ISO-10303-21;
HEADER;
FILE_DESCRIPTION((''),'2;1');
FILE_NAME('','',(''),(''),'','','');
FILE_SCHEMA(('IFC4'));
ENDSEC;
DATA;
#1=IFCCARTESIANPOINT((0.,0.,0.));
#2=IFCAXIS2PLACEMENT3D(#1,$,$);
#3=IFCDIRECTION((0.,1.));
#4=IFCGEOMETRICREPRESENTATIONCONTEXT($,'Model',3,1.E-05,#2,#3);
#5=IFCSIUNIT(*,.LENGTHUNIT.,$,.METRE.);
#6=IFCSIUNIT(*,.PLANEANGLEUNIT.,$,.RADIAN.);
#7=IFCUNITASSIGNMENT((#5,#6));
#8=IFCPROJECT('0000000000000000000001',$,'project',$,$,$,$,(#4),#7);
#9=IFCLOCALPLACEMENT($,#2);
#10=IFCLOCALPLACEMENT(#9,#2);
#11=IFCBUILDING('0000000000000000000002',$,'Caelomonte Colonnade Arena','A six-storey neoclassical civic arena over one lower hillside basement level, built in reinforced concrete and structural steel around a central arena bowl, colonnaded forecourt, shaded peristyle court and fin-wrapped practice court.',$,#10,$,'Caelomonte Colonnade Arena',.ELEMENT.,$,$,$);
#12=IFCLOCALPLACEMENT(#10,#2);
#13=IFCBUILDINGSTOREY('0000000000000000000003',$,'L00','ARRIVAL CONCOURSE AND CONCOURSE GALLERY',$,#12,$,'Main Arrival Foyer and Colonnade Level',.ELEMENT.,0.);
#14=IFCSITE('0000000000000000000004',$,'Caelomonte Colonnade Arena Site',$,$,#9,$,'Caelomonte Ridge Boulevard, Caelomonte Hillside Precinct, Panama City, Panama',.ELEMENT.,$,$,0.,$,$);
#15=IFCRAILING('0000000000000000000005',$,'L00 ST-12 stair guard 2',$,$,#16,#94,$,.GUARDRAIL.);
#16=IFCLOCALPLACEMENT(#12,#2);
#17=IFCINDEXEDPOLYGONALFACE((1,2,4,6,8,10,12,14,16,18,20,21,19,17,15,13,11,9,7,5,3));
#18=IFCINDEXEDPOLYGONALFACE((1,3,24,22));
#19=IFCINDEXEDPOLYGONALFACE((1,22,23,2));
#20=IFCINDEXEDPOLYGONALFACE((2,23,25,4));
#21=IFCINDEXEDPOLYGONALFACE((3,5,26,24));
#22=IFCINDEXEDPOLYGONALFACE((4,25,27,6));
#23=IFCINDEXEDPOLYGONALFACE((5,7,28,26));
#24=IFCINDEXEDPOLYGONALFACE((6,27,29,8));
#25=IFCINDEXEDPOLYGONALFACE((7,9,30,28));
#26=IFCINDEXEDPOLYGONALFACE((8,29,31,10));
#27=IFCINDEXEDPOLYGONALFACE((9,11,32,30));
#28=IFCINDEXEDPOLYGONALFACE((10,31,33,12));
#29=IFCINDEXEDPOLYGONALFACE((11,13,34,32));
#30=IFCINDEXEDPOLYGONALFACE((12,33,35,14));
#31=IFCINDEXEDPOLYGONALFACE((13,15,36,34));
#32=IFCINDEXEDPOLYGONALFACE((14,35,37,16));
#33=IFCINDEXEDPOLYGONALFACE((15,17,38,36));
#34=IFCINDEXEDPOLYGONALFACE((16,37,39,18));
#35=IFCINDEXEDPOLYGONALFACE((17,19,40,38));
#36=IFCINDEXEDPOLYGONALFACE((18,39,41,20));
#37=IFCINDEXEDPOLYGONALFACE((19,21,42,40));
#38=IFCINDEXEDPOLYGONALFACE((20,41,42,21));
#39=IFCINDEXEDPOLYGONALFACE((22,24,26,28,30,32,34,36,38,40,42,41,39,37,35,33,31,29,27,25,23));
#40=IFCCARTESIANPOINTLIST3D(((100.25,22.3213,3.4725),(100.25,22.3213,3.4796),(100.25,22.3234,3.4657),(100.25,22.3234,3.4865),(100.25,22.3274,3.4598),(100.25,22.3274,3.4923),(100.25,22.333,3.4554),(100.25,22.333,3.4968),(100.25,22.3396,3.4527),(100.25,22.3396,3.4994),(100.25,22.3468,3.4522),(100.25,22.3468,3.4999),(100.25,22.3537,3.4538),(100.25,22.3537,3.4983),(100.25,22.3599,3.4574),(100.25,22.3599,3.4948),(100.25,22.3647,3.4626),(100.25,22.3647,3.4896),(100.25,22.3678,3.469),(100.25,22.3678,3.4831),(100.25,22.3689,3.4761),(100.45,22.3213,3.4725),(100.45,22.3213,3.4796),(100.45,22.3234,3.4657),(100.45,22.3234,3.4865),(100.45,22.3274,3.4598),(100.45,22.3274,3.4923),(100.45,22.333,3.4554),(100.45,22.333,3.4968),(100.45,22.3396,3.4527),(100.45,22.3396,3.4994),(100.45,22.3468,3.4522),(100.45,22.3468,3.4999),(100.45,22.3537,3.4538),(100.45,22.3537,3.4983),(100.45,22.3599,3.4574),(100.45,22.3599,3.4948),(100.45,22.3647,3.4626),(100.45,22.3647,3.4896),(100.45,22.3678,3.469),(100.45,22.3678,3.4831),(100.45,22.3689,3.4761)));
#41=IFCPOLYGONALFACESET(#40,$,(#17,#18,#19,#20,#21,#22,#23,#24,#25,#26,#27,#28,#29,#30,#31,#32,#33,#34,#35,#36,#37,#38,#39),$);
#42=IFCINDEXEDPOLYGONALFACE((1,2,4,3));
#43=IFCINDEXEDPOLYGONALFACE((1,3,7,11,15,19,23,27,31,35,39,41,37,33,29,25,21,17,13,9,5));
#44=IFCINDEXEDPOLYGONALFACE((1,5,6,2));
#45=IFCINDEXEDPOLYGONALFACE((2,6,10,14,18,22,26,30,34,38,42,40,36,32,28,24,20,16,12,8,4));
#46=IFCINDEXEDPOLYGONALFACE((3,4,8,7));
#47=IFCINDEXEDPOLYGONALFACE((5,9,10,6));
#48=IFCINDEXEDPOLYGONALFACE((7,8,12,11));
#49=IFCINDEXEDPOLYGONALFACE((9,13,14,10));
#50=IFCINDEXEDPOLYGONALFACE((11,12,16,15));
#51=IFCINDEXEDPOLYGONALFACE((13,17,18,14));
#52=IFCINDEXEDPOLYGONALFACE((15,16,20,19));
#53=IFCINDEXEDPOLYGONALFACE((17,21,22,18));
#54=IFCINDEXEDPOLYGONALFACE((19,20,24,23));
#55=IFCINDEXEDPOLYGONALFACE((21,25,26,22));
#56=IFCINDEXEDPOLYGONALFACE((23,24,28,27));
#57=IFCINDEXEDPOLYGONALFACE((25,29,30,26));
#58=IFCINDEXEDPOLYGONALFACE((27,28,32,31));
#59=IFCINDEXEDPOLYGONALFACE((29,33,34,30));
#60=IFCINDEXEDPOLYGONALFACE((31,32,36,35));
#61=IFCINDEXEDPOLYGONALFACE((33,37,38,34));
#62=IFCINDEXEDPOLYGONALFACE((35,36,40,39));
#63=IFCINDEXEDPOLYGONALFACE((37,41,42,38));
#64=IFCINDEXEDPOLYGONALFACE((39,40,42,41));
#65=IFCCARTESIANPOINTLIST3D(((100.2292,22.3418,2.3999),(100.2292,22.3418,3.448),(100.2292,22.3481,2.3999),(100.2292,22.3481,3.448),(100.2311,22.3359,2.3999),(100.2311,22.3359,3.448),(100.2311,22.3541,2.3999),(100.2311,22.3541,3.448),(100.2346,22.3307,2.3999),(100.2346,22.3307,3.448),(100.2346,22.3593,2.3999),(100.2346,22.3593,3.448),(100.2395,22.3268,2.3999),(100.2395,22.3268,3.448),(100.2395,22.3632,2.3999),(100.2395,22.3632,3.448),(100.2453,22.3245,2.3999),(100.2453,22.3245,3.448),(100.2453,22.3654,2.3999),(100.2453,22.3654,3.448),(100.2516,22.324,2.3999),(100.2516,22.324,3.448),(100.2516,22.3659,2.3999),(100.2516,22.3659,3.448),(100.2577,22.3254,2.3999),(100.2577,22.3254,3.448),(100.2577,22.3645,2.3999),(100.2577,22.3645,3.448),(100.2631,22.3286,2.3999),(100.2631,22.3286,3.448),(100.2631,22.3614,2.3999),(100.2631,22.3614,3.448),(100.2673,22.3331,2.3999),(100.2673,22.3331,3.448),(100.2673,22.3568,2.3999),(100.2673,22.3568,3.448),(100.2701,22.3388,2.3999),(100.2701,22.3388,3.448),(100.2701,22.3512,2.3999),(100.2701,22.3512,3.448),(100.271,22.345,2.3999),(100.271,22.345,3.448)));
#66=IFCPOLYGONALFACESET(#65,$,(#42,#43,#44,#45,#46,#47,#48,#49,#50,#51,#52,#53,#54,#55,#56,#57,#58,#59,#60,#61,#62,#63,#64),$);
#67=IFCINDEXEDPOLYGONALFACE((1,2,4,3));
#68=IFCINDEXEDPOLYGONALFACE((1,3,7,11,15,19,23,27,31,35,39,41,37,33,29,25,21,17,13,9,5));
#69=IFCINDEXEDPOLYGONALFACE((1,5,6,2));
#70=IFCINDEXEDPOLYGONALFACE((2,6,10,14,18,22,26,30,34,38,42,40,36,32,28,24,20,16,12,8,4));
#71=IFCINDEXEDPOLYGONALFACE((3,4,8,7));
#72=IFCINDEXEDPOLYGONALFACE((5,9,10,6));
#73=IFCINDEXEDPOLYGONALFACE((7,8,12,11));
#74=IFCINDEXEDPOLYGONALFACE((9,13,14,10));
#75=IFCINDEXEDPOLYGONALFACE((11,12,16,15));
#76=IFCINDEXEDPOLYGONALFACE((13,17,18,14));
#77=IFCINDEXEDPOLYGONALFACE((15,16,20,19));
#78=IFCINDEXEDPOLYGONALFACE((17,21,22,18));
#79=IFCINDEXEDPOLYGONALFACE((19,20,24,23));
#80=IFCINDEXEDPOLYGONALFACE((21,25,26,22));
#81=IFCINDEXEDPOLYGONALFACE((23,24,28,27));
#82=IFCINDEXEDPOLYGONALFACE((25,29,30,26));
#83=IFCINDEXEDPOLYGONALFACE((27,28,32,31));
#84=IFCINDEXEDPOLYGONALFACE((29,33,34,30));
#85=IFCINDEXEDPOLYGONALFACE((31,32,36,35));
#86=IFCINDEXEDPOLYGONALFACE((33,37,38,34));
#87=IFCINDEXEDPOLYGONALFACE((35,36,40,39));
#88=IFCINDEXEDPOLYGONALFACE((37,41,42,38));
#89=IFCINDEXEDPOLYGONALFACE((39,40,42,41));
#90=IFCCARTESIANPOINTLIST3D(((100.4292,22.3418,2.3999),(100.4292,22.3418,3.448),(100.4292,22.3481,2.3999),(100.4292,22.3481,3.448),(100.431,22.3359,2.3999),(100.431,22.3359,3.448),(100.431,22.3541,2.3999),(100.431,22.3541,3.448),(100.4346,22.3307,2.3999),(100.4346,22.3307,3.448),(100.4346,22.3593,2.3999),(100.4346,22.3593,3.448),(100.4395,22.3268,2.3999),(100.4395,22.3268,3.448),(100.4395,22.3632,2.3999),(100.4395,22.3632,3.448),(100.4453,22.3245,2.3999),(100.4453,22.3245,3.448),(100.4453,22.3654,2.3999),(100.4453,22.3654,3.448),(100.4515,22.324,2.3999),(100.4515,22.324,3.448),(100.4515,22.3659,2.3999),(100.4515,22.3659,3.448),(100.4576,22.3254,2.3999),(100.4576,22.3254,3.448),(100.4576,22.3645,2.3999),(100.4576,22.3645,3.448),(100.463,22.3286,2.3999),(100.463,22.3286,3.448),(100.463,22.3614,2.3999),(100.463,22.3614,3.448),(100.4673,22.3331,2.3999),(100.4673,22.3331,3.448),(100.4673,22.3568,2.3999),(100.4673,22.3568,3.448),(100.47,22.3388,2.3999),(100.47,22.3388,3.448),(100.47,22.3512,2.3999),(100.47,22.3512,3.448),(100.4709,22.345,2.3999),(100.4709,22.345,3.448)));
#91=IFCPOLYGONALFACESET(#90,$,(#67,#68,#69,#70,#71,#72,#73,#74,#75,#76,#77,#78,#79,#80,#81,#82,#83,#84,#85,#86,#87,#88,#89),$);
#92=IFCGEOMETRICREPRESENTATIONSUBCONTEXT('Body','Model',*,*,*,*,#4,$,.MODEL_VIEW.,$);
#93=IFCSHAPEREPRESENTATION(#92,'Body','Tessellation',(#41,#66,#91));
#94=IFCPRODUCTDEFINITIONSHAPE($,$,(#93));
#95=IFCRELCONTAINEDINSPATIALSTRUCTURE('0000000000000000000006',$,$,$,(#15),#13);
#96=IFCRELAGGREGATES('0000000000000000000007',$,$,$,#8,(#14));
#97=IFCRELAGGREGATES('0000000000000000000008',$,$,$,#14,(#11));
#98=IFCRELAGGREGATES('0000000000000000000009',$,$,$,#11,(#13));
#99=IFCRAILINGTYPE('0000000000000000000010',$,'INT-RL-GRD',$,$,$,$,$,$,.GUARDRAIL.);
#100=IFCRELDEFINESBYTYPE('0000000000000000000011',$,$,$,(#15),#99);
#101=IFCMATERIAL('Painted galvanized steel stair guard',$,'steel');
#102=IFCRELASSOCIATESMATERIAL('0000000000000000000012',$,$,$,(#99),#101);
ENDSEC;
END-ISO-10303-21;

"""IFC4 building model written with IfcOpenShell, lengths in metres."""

from ifc_helpers import new_model, si_unit, direction, frame, origin, origin_2d, place, context, subcontext, project, spatial, circle, extrude, material, type_object, element, save


model = new_model("IFC4")

# Units and contexts
model_context = context("Model", 3, precision=1e-05, world=origin(), true_north=direction((0.0, 1.0)))
body_context = subcontext(model_context, "Body", "Model", "MODEL_VIEW")
ifc_project = project(units=[si_unit("LENGTHUNIT", "METRE"), si_unit("PLANEANGLEUNIT", "RADIAN")], contexts=[model_context])

# Site, building, storey
site_placement = place(None, origin())
site = spatial("IfcSite", under=ifc_project, at=site_placement, Name="Caelomonte Colonnade Arena Site", LongName="Caelomonte Ridge Boulevard, Caelomonte Hillside Precinct, Panama City, Panama", CompositionType="ELEMENT", RefElevation=0.0)
building_placement = place(site_placement, origin())
building = spatial("IfcBuilding", under=site, at=building_placement, Name="Caelomonte Colonnade Arena", Description="A six-storey neoclassical civic arena over one lower hillside basement level, built in reinforced concrete and structural steel around a central arena bowl, colonnaded forecourt, shaded peristyle court and fin-wrapped practice court.", LongName="Caelomonte Colonnade Arena", CompositionType="ELEMENT")
storey_placement = place(building_placement, origin())
storey = spatial("IfcBuildingStorey", under=building, at=storey_placement, Name="L00", Description="ARRIVAL CONCOURSE AND CONCOURSE GALLERY", LongName="Main Arrival Foyer and Colonnade Level", CompositionType="ELEMENT", Elevation=0.0)

# Railing
ifc_material_1 = material(Name="Painted galvanized steel stair guard", Category="steel")
railing_type_1 = type_object("IfcRailingType", Name="INT-RL-GRD", PredefinedType="GUARDRAIL", material=ifc_material_1)
railing_1_placement = place(storey_placement, frame((100.25, 22.345, 2.3999)))
element("IfcRailing", 1, at=railing_1_placement, inside=storey, type_object=railing_type_1, Name="L00 ST-12 stair guard 2", PredefinedType="GUARDRAIL", context=body_context, shape_type="SweptSolid", body=[
    extrude(circle(Radius=0.0239, at=origin_2d()), frame((0.0, 0.0, 1.0762), z_axis=(1.0, 0.0, 0.0), x_axis=(0.0, 1.0, 0.0)), (0.0, 0.0, 1.0), 0.2),
    extrude(circle(Radius=0.021, at=origin_2d()), origin(), (0.0, 0.0, 1.0), 1.0481),
    extrude(circle(Radius=0.021, at=origin_2d()), frame((0.2, 0.0, 0.0)), (0.0, 0.0, 1.0), 1.0481),
])

save(model, "model.ifc")
